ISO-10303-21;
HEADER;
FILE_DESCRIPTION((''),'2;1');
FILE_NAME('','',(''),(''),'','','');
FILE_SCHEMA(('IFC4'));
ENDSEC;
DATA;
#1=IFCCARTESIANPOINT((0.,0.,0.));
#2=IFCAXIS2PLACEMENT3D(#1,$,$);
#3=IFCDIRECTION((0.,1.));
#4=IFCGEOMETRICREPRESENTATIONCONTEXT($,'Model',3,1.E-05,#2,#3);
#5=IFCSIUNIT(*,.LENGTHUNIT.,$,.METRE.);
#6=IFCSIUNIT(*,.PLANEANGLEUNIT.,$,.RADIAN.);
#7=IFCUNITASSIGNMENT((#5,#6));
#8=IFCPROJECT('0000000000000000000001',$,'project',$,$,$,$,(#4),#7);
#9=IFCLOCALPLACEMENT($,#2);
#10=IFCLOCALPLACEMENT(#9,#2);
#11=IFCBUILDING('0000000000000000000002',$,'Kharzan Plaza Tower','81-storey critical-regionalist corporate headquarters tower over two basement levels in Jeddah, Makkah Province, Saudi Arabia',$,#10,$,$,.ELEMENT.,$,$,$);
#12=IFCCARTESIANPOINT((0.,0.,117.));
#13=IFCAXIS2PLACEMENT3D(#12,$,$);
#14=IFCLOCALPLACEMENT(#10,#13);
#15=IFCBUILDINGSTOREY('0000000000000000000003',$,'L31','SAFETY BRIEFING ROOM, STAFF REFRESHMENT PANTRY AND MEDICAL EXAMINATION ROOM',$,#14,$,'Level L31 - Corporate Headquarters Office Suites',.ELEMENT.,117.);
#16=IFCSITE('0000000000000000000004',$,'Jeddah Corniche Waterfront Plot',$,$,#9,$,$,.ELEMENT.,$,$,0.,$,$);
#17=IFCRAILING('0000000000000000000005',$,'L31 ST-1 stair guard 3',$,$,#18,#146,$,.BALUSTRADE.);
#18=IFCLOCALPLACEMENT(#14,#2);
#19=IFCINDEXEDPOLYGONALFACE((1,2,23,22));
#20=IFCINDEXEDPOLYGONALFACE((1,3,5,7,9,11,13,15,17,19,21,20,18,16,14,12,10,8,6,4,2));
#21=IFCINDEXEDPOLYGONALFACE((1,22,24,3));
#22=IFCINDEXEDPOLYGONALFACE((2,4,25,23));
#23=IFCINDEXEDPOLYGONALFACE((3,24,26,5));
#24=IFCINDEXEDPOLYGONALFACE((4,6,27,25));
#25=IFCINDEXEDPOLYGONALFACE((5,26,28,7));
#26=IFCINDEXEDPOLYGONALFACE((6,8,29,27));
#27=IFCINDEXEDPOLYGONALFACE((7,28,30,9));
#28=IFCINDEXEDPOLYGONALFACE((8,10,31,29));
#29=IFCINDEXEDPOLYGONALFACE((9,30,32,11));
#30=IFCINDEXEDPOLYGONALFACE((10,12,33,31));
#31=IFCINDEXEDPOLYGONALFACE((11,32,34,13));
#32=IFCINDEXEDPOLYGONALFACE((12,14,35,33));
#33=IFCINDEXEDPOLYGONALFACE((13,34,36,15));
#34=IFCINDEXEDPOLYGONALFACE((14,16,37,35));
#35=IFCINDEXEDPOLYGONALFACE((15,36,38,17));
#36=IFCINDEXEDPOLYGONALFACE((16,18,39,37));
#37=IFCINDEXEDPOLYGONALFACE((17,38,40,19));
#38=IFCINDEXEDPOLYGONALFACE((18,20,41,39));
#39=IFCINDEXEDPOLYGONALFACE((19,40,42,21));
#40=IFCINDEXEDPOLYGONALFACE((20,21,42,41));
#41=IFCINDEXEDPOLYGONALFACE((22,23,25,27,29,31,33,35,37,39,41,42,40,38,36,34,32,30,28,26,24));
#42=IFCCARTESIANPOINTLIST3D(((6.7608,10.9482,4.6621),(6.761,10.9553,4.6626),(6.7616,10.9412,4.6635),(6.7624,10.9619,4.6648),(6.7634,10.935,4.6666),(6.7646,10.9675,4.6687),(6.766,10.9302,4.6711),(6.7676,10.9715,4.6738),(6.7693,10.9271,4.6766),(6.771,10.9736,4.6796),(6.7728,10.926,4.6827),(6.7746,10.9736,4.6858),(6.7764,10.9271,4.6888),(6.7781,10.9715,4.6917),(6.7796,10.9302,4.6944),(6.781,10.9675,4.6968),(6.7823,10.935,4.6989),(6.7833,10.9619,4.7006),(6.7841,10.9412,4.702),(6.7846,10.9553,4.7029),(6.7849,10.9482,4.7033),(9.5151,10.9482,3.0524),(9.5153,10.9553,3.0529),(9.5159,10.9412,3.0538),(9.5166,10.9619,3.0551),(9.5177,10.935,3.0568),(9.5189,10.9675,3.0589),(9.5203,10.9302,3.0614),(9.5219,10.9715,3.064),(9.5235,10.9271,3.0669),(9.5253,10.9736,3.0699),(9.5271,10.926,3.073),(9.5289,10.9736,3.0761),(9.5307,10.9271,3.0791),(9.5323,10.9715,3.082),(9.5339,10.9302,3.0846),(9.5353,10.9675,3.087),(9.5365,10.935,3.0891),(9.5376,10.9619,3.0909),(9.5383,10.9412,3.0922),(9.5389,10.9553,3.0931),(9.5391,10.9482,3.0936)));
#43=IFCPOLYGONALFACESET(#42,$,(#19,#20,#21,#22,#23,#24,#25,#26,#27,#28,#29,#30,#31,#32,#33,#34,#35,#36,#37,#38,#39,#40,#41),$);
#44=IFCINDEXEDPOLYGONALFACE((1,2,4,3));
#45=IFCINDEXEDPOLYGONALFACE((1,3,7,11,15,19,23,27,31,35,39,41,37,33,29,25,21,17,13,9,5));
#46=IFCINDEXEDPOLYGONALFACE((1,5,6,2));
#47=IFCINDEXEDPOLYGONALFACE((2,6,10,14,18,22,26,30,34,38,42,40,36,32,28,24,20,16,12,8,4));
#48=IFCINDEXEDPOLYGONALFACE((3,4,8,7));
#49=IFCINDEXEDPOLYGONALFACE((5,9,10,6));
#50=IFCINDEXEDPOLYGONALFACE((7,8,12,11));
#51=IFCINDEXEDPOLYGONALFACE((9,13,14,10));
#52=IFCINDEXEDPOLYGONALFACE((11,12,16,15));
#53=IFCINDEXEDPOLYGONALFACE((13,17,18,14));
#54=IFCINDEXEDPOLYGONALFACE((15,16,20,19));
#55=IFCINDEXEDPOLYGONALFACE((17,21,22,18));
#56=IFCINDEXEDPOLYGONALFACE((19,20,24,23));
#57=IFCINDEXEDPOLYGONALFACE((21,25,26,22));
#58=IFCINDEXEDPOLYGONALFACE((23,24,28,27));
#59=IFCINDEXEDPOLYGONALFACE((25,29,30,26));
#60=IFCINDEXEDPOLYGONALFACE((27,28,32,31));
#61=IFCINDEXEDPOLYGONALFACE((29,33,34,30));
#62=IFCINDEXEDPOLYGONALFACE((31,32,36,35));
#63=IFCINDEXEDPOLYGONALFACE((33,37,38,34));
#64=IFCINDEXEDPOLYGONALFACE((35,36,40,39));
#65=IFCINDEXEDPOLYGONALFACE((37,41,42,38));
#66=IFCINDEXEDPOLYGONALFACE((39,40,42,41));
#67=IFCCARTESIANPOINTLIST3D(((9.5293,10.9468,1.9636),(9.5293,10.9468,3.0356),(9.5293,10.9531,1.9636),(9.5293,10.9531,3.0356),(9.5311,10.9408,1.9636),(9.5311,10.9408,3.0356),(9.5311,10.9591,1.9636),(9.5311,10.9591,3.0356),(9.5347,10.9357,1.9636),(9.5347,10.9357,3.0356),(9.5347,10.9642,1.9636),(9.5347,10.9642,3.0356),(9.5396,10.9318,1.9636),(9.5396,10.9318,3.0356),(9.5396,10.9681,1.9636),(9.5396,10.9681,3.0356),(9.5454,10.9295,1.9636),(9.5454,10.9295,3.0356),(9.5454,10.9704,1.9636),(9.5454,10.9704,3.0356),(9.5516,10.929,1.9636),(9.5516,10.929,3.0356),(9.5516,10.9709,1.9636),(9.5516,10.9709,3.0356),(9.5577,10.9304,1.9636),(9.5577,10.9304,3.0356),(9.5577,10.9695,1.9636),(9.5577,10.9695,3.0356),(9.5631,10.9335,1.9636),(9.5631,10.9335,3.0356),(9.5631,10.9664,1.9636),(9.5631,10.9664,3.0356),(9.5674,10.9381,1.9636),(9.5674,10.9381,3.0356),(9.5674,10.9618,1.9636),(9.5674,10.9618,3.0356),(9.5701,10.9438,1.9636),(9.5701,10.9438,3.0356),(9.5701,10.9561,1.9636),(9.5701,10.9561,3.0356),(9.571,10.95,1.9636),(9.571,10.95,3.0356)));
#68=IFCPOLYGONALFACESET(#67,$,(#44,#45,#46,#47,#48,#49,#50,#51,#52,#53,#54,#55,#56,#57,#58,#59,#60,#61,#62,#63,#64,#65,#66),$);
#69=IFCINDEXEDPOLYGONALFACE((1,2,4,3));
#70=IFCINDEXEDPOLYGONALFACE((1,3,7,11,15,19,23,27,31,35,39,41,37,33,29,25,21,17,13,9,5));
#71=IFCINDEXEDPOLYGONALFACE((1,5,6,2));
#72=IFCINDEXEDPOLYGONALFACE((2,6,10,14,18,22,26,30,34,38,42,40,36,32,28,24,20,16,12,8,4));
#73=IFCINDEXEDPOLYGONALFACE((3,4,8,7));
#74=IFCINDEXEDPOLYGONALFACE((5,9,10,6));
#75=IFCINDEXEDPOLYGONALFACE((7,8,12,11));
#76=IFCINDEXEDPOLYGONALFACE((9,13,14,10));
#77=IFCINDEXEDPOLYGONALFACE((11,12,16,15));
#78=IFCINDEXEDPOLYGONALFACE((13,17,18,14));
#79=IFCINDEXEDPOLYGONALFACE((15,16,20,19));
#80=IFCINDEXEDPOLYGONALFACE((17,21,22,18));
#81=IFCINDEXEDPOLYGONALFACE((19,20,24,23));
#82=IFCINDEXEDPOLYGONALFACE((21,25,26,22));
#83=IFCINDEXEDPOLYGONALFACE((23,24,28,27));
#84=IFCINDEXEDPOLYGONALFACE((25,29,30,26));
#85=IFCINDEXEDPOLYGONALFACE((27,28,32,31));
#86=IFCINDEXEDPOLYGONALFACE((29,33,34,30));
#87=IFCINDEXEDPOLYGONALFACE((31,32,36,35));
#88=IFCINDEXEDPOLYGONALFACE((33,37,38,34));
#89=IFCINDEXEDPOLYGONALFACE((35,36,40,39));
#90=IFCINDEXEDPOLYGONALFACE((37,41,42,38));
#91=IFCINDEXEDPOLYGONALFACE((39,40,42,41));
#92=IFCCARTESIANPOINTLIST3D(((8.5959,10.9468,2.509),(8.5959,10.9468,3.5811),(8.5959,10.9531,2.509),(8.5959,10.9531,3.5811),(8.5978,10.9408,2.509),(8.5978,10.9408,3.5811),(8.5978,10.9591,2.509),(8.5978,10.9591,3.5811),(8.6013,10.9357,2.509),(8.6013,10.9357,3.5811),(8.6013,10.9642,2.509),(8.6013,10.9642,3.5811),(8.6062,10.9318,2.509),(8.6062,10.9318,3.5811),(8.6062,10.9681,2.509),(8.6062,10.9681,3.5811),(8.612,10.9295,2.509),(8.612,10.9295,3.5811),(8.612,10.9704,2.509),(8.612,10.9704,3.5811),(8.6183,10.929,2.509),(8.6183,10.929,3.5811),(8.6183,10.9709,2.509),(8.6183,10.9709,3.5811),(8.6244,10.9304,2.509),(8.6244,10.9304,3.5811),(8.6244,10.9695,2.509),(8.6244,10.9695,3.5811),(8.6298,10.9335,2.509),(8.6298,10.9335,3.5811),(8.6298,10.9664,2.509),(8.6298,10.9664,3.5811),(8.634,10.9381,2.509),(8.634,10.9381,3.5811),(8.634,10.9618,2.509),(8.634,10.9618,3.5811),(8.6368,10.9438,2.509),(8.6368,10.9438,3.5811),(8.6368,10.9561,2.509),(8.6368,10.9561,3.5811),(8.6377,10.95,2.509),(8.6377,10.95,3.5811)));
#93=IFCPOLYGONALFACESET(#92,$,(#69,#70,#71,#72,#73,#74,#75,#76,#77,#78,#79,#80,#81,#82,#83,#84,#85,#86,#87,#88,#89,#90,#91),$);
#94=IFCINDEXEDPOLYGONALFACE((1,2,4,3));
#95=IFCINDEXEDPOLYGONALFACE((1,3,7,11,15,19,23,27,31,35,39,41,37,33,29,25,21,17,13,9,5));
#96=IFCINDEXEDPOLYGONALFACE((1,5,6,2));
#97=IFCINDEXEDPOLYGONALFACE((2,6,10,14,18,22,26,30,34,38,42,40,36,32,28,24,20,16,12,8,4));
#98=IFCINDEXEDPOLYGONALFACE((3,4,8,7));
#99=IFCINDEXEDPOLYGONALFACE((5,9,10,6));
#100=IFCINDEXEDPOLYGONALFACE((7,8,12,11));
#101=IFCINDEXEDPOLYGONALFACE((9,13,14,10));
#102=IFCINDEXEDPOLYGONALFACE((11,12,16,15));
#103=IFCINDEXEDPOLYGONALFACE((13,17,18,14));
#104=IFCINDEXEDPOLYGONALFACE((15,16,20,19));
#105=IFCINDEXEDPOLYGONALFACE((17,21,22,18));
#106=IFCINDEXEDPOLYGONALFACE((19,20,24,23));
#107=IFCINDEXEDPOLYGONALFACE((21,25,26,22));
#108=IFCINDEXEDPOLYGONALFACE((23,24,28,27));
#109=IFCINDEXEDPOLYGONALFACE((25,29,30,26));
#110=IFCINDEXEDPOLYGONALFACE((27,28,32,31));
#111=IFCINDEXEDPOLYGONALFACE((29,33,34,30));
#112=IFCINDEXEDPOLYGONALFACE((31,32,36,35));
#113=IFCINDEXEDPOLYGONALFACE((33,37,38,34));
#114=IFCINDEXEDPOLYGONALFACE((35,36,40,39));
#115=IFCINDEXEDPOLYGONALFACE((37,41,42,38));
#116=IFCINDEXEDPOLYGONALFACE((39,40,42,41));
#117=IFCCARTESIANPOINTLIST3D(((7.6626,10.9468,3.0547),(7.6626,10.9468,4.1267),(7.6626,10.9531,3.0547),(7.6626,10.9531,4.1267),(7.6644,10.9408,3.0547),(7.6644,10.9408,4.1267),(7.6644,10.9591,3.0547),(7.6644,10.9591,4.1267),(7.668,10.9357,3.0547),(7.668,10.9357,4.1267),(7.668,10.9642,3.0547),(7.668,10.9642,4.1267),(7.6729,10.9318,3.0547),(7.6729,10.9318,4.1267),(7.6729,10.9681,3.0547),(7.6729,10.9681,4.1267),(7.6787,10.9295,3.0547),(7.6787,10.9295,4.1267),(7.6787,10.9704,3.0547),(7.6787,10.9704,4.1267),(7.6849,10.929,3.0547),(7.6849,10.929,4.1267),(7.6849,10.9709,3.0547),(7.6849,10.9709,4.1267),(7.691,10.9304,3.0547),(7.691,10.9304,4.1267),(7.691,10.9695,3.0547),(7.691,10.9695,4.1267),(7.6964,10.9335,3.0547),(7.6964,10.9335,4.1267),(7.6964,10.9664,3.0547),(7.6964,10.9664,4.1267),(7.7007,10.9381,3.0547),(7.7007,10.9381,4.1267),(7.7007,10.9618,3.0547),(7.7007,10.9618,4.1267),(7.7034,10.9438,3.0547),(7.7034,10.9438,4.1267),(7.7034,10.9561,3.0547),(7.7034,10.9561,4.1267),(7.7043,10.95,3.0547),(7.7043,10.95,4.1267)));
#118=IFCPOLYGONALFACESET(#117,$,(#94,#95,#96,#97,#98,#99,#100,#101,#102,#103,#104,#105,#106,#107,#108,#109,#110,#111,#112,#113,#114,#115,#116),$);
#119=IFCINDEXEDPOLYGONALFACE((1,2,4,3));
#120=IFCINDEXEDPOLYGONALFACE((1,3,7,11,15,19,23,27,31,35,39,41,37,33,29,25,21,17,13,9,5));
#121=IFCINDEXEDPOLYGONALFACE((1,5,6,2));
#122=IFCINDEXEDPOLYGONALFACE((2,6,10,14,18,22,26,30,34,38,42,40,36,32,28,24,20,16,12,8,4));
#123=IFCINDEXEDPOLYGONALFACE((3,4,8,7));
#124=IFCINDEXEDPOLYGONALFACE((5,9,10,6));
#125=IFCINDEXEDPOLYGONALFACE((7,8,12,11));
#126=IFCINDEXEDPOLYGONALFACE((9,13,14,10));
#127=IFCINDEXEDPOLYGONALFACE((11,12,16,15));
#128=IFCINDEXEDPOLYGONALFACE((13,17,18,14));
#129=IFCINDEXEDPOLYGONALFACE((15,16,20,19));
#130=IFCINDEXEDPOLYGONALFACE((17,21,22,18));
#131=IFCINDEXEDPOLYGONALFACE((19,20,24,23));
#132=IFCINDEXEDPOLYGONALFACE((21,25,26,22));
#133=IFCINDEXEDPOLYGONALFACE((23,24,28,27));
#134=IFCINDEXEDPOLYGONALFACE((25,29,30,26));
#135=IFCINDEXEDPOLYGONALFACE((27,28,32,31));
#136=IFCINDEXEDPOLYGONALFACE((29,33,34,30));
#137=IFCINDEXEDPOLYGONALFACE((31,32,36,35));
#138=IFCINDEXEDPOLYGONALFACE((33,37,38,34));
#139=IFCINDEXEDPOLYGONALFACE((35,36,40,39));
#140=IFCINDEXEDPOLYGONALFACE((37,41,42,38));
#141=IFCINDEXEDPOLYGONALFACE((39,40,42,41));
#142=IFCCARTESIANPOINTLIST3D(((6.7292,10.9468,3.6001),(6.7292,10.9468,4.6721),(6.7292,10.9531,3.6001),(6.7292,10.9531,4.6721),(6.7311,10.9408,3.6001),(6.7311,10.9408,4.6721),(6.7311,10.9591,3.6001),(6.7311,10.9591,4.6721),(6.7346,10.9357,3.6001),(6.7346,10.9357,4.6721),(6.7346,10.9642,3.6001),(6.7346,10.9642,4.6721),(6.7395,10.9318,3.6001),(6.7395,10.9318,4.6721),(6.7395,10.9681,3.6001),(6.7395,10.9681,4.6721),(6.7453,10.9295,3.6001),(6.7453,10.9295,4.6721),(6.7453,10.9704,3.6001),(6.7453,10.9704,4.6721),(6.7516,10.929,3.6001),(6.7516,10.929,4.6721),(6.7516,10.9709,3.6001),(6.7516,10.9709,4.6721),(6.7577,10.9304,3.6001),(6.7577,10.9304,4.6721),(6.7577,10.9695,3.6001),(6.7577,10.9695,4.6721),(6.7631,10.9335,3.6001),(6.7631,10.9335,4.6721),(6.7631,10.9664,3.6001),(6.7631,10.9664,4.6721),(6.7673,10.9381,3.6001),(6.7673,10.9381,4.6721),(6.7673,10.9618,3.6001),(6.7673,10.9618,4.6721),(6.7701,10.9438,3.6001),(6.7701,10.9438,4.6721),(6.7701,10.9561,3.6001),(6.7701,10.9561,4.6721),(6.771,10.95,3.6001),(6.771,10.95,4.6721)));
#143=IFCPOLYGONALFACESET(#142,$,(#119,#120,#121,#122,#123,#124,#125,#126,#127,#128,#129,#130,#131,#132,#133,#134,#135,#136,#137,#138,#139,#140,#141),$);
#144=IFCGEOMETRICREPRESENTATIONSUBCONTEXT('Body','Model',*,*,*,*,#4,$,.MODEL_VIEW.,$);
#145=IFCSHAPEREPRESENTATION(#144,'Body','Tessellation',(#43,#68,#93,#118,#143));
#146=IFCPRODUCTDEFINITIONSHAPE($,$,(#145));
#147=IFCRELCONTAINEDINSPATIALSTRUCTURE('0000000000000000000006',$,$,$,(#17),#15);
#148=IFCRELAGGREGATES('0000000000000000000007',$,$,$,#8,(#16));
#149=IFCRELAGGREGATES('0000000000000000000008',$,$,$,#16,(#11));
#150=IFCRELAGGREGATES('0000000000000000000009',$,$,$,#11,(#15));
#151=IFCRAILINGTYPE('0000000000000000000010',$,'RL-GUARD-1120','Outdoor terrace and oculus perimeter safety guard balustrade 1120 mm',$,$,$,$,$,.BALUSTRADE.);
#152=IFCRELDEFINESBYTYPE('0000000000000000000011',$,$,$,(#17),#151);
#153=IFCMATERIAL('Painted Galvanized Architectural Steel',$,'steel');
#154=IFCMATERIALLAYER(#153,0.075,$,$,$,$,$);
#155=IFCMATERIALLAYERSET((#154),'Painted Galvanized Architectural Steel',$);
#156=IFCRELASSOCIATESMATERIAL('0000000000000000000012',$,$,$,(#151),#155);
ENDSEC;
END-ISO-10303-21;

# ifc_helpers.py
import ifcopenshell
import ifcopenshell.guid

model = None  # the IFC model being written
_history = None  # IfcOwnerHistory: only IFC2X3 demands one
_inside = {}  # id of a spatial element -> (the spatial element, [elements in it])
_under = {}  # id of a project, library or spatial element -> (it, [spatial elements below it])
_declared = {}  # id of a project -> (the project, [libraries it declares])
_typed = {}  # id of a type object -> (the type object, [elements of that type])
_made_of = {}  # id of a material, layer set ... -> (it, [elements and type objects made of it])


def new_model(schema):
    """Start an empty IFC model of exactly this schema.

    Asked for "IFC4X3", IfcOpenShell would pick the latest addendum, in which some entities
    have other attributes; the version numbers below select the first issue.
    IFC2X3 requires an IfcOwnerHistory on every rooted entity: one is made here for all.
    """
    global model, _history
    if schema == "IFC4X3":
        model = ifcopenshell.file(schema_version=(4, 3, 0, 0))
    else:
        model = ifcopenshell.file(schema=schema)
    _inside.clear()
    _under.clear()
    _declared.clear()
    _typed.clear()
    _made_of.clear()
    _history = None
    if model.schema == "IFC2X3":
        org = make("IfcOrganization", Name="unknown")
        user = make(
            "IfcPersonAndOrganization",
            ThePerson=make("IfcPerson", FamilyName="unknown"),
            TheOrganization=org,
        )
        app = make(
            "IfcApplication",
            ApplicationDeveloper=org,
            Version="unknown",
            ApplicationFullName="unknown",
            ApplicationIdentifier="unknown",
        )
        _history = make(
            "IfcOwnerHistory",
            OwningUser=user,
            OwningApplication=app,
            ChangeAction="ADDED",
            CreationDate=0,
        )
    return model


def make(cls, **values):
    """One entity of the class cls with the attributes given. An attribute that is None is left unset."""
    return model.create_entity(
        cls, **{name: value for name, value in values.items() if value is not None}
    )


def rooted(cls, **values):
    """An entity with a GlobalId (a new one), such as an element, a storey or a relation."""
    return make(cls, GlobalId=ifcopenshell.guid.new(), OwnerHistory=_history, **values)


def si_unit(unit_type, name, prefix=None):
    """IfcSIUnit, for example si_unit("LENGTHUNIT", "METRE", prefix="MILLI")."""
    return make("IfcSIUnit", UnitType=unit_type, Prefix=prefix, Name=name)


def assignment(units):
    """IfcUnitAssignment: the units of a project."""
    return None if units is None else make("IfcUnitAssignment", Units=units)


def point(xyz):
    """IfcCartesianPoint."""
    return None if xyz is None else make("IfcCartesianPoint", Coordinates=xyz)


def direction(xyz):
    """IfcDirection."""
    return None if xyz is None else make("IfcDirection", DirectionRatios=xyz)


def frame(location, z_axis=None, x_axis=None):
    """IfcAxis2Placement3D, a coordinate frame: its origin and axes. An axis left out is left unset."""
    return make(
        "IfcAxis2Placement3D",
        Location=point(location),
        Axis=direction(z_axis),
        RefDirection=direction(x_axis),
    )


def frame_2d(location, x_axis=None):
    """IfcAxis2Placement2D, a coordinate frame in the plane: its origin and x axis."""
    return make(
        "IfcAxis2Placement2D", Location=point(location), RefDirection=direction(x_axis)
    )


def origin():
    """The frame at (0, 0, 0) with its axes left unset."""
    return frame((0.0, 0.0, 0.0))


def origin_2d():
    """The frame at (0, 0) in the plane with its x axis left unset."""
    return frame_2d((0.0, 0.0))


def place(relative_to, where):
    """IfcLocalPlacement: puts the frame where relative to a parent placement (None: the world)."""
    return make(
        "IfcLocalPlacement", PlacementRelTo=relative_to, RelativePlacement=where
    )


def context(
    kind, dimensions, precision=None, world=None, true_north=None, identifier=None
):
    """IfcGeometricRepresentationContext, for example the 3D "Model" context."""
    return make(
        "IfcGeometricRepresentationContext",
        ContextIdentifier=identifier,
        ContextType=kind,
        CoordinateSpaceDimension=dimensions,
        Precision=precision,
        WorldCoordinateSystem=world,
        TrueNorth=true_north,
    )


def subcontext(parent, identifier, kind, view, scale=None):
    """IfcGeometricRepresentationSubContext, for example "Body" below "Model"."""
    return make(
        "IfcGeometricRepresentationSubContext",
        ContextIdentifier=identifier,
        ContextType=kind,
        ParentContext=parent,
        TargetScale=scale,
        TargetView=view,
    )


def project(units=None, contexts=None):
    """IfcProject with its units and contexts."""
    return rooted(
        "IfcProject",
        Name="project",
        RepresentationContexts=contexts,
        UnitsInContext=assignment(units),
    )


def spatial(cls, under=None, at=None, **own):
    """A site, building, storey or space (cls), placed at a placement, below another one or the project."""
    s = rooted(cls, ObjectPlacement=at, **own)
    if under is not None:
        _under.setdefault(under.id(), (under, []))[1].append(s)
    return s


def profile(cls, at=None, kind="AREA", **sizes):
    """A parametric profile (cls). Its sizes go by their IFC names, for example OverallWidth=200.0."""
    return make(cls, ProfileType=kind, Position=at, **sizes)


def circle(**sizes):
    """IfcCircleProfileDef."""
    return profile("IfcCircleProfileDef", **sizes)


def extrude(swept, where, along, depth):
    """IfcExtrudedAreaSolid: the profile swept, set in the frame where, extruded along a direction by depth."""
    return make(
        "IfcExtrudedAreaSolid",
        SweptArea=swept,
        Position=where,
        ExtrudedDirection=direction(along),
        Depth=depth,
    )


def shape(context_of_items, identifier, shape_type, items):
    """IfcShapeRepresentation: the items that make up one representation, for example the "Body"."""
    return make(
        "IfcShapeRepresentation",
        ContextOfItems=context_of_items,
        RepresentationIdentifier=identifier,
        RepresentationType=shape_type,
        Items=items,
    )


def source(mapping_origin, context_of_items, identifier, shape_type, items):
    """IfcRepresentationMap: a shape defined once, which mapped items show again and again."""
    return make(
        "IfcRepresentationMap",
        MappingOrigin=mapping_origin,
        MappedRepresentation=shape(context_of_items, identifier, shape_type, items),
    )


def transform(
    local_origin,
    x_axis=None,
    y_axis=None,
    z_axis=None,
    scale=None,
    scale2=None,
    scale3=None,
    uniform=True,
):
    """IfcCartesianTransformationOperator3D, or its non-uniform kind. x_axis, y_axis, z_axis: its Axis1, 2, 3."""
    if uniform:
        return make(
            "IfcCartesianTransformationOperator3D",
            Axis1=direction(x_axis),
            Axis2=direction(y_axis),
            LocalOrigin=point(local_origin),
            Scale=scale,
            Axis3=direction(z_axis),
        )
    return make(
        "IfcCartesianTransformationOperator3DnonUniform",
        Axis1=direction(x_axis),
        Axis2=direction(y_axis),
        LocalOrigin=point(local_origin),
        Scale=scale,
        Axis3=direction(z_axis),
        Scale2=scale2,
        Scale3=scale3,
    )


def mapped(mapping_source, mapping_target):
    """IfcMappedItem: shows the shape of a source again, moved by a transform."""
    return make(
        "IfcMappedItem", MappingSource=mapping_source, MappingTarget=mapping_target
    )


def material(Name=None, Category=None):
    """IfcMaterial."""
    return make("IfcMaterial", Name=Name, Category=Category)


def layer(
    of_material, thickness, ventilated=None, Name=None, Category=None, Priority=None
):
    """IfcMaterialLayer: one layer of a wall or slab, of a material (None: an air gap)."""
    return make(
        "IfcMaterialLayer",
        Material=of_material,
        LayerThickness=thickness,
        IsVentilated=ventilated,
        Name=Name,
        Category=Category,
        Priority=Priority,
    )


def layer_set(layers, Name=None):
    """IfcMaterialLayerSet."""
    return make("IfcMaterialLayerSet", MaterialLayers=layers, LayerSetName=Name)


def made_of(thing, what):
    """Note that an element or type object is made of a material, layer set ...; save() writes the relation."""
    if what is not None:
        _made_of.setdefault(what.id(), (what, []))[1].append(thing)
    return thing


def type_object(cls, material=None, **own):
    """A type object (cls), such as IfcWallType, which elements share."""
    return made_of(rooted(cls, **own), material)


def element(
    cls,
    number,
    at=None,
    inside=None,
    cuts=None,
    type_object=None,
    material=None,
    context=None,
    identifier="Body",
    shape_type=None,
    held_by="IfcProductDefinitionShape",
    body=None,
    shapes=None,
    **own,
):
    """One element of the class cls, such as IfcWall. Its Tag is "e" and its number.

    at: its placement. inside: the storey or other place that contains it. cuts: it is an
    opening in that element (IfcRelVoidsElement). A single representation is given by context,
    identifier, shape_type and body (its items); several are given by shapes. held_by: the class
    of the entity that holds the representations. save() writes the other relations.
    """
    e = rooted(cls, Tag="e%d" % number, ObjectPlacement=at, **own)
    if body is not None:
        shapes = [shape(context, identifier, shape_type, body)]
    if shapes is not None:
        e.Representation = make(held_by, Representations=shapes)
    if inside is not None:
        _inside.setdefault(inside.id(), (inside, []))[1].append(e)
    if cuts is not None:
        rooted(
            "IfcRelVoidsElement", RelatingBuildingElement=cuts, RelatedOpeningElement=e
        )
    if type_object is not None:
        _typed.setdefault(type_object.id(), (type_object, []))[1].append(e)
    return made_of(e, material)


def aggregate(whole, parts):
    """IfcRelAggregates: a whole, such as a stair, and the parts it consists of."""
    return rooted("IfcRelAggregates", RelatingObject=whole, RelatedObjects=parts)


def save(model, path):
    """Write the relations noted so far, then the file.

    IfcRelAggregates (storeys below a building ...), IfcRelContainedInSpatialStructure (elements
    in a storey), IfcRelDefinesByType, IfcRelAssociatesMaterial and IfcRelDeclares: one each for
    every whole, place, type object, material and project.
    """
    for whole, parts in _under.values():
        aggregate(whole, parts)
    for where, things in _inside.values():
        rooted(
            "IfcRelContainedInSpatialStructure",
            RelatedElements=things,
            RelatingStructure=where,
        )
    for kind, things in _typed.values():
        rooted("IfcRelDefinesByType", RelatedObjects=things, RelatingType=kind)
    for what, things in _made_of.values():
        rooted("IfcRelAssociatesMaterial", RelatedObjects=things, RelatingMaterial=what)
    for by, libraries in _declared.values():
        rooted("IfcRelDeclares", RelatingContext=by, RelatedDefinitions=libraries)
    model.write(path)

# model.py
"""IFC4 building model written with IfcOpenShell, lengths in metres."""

from ifc_helpers import new_model, si_unit, direction, frame, origin, origin_2d, place, context, subcontext, project, spatial, circle, extrude, source, transform, mapped, material, layer, layer_set, type_object, element, save


model = new_model("IFC4")

# Units and contexts
model_context = context("Model", 3, precision=1e-05, world=origin(), true_north=direction((0.0, 1.0)))
body_context = subcontext(model_context, "Body", "Model", "MODEL_VIEW")
ifc_project = project(units=[si_unit("LENGTHUNIT", "METRE"), si_unit("PLANEANGLEUNIT", "RADIAN")], contexts=[model_context])

# Site, building, storey
site_placement = place(None, origin())
site = spatial("IfcSite", under=ifc_project, at=site_placement, Name="Jeddah Corniche Waterfront Plot", CompositionType="ELEMENT", RefElevation=0.0)
building_placement = place(site_placement, origin())
building = spatial("IfcBuilding", under=site, at=building_placement, Name="Kharzan Plaza Tower", Description="81-storey critical-regionalist corporate headquarters tower over two basement levels in Jeddah, Makkah Province, Saudi Arabia", CompositionType="ELEMENT")
storey_placement = place(building_placement, frame((0.0, 0.0, 117.0)))
storey = spatial("IfcBuildingStorey", under=building, at=storey_placement, Name="L31", Description="SAFETY BRIEFING ROOM, STAFF REFRESHMENT PANTRY AND MEDICAL EXAMINATION ROOM", LongName="Level L31 - Corporate Headquarters Office Suites", CompositionType="ELEMENT", Elevation=117.0)

# Railing
ifc_material_1 = material(Name="Painted Galvanized Architectural Steel", Category="steel")
ifc_layer_1 = layer(ifc_material_1, 0.075)
ifc_layer_set_1 = layer_set([ifc_layer_1], Name="Painted Galvanized Architectural Steel")
railing_type = type_object("IfcRailingType", Name="RL-GUARD-1120", Description="Outdoor terrace and oculus perimeter safety guard balustrade 1120 mm", PredefinedType="BALUSTRADE", material=ifc_layer_set_1)
shared_shape_1 = source(origin(), body_context, "Body", "SweptSolid", [
    extrude(circle(Radius=0.0239, at=origin_2d()), frame((-0.0229, 0.0, 1.1094), z_axis=(-0.863361, 0.0, 0.504587), x_axis=(0.0, -1.0, 0.0)), (0.0, 0.0, 1.0), 3.1902),
    extrude(circle(Radius=0.021, at=origin_2d()), origin(), (0.0, 0.0, 1.0), 1.072),
    extrude(circle(Radius=0.021, at=origin_2d()), frame((-0.9333, 0.0, 0.5454)), (0.0, 0.0, 1.0), 1.072),
    extrude(circle(Radius=0.021, at=origin_2d()), frame((-1.8667, 0.0, 1.0911)), (0.0, 0.0, 1.0), 1.072),
    extrude(circle(Radius=0.021, at=origin_2d()), frame((-2.8, 0.0, 1.6365)), (0.0, 0.0, 1.0), 1.072),
])
railing_placement = place(storey_placement, frame((9.55, 10.95, 1.9636)))
element("IfcRailing", 1, at=railing_placement, inside=storey, type_object=railing_type, Name="L31 ST-1 stair guard 3", PredefinedType="BALUSTRADE", context=body_context, shape_type="MappedRepresentation", body=[
    mapped(shared_shape_1, transform((0.0, 0.0, 0.0), x_axis=(1.0, 0.0, 0.0), y_axis=(0.0, 1.0, 0.0), z_axis=(0.0, 0.0, 1.0))),
])

save(model, "model.ifc")
